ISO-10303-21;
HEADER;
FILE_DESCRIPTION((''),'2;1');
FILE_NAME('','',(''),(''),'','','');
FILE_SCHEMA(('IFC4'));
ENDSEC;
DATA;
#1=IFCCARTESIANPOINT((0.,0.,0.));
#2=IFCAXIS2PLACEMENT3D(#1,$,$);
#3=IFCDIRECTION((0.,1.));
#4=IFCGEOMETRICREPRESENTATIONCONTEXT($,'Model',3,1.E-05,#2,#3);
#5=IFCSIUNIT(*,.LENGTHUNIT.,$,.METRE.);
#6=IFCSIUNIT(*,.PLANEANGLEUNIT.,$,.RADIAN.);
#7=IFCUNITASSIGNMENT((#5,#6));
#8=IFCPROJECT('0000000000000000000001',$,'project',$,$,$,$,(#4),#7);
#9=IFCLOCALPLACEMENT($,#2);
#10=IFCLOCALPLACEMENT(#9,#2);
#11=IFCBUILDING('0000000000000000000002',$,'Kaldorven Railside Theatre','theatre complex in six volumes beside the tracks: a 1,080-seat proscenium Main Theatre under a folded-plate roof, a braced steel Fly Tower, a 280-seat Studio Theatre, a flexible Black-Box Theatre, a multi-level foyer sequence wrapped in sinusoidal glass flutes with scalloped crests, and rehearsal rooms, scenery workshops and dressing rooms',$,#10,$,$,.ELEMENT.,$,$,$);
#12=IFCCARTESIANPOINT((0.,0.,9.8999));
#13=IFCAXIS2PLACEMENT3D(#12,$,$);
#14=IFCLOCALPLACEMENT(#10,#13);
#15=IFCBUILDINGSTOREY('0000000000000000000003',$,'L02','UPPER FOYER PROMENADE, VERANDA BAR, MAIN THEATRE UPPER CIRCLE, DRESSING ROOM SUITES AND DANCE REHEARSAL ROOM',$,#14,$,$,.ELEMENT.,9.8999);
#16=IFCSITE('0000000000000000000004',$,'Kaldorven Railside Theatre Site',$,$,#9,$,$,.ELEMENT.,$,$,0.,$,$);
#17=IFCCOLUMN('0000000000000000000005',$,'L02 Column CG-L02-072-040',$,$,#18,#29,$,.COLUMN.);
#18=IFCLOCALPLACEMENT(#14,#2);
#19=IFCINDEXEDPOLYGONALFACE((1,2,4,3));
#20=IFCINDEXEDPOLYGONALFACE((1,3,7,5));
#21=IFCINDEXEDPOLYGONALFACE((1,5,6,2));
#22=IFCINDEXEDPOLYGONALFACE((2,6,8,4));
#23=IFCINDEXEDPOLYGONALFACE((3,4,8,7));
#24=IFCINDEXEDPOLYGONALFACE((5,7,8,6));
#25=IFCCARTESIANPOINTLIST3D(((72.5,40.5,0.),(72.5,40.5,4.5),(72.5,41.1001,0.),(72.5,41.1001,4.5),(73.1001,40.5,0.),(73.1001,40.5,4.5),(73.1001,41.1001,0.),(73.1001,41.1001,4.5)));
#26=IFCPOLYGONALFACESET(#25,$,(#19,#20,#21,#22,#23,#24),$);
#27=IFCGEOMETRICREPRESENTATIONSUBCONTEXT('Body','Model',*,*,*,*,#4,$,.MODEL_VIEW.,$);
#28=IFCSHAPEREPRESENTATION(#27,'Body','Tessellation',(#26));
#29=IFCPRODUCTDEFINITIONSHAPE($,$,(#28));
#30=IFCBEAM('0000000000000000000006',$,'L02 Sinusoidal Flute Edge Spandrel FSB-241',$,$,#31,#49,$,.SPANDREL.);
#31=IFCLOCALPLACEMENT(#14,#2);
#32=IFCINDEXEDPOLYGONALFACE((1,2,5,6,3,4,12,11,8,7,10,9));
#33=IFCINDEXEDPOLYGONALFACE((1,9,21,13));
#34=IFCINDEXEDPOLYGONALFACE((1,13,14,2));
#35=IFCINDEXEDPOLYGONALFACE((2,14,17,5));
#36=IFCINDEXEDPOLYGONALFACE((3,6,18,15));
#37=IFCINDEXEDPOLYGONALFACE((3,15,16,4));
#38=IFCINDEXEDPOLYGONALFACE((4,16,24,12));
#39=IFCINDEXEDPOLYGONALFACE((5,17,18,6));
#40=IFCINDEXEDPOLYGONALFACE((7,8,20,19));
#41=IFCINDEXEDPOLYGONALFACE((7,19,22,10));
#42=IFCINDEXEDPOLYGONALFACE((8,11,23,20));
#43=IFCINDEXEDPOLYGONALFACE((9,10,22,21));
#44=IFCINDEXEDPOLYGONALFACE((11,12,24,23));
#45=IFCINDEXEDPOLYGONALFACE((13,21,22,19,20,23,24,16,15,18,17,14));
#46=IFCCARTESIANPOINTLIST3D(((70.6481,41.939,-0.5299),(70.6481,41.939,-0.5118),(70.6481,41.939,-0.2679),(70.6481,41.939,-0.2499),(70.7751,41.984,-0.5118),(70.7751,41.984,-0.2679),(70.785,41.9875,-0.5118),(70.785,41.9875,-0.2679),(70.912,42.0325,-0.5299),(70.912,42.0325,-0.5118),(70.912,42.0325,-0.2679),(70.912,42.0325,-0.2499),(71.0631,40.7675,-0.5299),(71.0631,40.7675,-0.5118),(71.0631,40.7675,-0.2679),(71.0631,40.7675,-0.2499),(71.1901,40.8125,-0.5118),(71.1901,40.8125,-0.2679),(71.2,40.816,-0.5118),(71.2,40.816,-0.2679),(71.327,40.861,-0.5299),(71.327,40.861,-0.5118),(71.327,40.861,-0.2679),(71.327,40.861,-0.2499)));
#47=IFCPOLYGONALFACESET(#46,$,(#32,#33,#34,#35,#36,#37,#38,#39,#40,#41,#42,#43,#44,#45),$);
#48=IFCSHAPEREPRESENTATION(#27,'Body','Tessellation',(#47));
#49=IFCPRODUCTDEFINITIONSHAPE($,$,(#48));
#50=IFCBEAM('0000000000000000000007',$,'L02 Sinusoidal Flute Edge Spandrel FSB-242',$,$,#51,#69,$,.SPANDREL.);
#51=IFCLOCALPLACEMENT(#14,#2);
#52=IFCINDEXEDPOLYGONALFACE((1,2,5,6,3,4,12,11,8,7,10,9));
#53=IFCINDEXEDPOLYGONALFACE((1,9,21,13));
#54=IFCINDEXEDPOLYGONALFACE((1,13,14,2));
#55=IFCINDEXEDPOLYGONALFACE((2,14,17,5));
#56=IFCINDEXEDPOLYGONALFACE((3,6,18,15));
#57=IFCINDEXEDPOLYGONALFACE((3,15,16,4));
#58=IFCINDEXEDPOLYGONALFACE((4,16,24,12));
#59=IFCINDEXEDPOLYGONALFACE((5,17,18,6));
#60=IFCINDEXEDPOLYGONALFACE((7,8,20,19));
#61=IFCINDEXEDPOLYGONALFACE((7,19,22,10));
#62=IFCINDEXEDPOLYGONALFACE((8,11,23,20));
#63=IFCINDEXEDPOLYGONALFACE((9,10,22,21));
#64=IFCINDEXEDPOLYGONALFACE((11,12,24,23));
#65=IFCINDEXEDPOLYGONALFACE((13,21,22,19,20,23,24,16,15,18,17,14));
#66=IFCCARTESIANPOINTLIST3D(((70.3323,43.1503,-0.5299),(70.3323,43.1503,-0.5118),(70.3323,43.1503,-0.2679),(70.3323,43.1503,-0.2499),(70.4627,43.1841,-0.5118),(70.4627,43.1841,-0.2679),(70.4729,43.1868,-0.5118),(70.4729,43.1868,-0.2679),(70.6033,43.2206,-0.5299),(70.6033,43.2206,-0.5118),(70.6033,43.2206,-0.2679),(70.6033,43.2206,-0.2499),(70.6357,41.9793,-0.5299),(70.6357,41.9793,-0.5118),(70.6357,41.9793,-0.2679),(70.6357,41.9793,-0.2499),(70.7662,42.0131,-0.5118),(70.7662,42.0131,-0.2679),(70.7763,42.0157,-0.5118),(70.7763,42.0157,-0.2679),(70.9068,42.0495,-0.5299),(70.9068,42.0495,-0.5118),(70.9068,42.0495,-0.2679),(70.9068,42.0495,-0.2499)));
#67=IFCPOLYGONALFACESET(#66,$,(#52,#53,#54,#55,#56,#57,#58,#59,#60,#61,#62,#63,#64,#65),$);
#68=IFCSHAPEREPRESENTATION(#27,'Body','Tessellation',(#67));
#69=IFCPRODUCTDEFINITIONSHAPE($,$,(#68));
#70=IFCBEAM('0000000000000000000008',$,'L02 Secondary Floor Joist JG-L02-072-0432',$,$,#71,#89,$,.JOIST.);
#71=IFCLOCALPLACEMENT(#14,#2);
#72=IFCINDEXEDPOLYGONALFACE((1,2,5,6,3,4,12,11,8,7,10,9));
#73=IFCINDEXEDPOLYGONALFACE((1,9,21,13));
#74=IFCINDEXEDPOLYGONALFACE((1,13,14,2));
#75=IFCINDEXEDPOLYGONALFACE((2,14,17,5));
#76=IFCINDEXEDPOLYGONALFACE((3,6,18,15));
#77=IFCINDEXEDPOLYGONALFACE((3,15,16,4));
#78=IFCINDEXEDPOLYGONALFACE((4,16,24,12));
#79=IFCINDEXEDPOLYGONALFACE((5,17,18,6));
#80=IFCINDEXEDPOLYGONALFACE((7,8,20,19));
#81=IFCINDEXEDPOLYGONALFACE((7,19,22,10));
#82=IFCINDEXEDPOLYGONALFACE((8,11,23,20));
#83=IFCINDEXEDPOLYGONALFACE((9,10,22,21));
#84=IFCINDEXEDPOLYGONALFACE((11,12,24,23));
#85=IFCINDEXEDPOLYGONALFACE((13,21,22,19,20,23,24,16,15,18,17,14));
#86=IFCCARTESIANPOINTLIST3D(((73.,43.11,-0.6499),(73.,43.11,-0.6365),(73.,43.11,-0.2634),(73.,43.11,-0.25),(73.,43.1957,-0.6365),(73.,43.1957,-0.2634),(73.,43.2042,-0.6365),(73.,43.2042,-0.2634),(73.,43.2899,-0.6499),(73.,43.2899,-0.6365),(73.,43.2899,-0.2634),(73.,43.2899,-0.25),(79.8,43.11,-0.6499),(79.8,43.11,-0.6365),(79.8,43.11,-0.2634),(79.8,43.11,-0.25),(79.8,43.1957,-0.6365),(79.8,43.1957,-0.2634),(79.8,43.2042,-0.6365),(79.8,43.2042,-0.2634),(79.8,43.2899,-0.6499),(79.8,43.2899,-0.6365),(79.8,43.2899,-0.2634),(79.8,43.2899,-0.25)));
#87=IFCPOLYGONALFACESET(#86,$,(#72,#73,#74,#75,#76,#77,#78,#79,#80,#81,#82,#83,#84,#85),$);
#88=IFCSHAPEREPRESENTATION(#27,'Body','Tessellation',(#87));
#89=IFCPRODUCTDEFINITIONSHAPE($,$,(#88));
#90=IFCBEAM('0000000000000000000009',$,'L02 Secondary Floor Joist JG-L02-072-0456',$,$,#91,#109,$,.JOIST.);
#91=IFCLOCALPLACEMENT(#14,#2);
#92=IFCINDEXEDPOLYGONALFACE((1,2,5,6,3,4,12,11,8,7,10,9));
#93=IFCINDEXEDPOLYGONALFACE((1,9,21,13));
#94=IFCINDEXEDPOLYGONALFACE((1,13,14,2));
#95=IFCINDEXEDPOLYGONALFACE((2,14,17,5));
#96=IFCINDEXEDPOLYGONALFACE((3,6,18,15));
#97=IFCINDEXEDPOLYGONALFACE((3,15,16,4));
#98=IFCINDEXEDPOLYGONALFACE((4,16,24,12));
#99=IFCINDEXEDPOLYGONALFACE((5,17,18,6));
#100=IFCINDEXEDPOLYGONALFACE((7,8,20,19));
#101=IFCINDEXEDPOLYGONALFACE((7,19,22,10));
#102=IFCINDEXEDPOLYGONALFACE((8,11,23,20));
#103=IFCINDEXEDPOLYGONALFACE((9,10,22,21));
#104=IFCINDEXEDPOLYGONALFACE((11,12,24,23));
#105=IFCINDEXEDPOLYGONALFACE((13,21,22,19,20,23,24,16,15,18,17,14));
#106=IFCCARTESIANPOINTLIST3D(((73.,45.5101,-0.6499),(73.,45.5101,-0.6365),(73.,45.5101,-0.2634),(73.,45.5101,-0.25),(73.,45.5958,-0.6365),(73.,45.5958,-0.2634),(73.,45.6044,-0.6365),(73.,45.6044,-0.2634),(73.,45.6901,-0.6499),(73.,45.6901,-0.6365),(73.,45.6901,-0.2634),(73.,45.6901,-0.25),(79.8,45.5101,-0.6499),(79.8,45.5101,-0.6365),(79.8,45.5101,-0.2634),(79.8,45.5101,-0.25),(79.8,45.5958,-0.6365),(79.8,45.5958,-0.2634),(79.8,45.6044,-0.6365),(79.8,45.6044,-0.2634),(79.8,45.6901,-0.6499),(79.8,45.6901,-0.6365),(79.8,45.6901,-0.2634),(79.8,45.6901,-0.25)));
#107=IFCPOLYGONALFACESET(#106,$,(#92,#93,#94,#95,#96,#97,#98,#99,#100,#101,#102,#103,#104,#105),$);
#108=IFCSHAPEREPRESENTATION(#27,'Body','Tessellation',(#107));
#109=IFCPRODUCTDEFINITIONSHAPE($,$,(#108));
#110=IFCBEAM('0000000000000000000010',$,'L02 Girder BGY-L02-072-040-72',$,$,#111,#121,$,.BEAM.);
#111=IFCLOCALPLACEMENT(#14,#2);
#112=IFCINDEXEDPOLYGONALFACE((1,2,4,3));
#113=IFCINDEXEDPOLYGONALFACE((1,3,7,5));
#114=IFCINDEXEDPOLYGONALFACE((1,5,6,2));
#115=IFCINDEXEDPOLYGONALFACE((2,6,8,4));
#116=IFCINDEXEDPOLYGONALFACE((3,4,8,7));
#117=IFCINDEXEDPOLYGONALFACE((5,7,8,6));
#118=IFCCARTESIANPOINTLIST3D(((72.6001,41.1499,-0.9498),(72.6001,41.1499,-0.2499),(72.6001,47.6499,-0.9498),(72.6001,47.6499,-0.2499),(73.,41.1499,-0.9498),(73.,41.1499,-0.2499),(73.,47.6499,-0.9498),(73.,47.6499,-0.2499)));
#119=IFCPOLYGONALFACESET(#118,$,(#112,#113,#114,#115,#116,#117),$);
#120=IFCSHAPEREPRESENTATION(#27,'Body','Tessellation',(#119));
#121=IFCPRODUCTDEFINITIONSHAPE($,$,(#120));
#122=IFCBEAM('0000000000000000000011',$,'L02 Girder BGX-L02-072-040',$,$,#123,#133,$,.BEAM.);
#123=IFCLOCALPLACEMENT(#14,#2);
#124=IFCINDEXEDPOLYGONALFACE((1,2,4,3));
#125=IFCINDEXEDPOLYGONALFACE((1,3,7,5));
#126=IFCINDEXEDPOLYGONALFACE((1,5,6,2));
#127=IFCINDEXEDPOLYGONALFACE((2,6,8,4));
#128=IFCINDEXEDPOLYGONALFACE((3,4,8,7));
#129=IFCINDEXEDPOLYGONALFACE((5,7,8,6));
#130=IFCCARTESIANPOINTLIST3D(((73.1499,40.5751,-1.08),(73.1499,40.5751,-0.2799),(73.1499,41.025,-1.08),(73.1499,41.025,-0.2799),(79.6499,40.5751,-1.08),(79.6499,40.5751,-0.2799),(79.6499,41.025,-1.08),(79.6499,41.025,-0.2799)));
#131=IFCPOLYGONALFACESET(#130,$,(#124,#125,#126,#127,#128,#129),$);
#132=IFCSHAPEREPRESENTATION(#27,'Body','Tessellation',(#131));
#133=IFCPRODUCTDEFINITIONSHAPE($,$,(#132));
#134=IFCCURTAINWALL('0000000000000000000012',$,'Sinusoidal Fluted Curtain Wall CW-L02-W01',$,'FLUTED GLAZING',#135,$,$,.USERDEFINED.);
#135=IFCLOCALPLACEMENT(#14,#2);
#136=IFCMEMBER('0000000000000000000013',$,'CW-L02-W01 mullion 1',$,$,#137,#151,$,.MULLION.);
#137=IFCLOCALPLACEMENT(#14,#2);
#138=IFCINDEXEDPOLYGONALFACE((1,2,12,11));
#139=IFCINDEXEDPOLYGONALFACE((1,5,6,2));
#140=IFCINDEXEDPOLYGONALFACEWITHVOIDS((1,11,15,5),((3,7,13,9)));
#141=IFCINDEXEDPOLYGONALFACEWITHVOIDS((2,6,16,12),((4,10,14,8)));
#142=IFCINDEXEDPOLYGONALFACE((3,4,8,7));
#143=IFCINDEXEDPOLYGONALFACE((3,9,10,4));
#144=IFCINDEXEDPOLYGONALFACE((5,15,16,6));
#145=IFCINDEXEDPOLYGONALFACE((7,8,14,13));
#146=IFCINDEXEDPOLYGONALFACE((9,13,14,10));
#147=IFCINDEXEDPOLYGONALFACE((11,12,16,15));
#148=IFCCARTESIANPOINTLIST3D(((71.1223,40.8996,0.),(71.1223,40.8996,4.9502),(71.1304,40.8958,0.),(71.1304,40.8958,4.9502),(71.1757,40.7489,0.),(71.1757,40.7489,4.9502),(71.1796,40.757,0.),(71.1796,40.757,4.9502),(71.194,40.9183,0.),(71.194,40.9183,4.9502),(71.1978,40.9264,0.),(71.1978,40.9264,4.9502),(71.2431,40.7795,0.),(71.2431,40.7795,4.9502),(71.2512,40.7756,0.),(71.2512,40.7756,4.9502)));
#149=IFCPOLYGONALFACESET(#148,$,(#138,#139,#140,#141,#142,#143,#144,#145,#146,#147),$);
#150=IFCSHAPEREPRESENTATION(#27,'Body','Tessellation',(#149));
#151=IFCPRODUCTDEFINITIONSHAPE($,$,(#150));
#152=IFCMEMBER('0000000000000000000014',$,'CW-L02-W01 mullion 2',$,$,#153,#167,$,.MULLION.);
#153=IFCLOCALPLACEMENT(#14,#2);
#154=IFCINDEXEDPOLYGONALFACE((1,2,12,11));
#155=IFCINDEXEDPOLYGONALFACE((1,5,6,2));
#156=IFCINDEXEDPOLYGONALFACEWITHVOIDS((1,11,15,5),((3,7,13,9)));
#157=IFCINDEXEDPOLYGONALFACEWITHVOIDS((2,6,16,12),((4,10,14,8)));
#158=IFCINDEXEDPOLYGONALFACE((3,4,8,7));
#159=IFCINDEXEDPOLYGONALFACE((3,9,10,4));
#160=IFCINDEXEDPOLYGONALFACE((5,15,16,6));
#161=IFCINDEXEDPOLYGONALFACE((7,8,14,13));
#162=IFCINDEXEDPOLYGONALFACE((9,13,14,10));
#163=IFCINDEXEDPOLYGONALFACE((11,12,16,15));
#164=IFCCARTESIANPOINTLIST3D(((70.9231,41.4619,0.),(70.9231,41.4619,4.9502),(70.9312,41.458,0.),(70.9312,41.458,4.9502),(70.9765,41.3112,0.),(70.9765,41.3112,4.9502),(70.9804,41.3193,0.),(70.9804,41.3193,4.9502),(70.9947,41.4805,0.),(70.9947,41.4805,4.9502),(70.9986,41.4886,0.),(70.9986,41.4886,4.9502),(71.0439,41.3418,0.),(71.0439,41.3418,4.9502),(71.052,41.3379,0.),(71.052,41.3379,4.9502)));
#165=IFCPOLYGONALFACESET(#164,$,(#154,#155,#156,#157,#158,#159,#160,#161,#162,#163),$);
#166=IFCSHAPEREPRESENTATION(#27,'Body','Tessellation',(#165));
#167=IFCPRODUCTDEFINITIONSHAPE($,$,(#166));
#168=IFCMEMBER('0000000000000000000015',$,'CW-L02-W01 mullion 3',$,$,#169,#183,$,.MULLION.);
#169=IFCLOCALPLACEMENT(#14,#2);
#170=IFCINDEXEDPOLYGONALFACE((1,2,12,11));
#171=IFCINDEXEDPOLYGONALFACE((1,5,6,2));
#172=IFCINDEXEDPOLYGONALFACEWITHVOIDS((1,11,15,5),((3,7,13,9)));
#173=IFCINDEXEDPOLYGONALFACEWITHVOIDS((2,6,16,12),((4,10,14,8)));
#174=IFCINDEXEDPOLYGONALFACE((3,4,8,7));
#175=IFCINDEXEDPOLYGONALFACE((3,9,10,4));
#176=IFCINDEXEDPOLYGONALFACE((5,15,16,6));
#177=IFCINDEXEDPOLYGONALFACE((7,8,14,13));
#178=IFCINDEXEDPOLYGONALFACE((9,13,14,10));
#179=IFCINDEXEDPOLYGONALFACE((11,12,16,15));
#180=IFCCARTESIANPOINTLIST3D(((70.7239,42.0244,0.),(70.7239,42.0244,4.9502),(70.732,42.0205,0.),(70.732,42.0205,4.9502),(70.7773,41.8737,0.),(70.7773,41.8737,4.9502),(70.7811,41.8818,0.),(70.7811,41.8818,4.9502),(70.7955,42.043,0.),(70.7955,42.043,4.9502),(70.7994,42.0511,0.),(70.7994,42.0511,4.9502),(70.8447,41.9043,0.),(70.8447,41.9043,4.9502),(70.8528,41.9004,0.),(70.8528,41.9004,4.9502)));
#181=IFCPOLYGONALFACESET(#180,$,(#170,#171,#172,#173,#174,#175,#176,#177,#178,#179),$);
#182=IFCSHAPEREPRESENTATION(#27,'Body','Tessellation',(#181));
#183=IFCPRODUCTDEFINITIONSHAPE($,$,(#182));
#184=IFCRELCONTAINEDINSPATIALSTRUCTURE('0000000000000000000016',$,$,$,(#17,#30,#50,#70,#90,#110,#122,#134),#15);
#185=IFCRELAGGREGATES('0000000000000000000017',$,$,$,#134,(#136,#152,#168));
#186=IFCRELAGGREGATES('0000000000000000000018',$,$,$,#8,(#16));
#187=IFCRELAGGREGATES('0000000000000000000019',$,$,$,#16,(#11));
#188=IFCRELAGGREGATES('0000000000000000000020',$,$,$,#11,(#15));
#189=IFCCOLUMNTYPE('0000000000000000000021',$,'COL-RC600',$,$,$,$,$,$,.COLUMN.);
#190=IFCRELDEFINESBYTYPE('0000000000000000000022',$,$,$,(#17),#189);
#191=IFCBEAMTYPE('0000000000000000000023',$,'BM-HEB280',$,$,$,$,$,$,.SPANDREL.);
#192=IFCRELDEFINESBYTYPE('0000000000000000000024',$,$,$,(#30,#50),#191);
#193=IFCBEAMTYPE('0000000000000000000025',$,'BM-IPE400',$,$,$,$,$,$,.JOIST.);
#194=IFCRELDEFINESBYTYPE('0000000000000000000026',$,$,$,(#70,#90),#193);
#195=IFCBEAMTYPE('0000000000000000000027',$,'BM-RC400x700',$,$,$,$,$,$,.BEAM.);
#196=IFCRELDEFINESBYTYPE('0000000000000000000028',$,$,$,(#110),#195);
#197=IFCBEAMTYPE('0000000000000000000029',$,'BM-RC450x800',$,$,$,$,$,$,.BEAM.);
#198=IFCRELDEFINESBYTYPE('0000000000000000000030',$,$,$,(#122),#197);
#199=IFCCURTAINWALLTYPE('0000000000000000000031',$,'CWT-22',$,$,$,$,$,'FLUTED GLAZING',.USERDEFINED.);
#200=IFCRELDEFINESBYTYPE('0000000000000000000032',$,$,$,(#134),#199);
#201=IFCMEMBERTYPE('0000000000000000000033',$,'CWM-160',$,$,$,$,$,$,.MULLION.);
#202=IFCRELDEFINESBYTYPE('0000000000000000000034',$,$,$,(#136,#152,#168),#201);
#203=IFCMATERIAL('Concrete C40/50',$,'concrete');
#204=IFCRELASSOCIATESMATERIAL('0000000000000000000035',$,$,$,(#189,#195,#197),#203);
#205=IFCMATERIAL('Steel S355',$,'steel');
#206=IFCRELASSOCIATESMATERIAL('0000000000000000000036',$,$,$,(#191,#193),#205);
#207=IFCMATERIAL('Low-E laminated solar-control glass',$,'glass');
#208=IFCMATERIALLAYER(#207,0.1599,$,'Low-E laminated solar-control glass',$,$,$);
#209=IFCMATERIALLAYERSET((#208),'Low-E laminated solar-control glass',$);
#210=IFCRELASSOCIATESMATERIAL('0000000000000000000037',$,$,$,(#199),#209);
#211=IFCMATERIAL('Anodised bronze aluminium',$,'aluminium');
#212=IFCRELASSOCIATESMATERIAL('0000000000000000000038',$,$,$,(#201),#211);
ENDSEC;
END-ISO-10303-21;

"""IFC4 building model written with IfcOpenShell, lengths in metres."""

from ifc_helpers import new_model, si_unit, direction, frame, origin, origin_2d, place, context, subcontext, project, spatial, rectangle, hollow_rectangle, i_section, extrude, material, layer, layer_set, material_profile, profile_set, type_object, element, aggregate, save


model = new_model("IFC4")

# Units and contexts
model_context = context("Model", 3, precision=1e-05, world=origin(), true_north=direction((0.0, 1.0)))
body_context = subcontext(model_context, "Body", "Model", "MODEL_VIEW")
ifc_project = project(units=[si_unit("LENGTHUNIT", "METRE"), si_unit("PLANEANGLEUNIT", "RADIAN")], contexts=[model_context])

# Site, building, storey
site_placement = place(None, origin())
site = spatial("IfcSite", under=ifc_project, at=site_placement, Name="Kaldorven Railside Theatre Site", CompositionType="ELEMENT", RefElevation=0.0)
building_placement = place(site_placement, origin())
building = spatial("IfcBuilding", under=site, at=building_placement, Name="Kaldorven Railside Theatre", Description="theatre complex in six volumes beside the tracks: a 1,080-seat proscenium Main Theatre under a folded-plate roof, a braced steel Fly Tower, a 280-seat Studio Theatre, a flexible Black-Box Theatre, a multi-level foyer sequence wrapped in sinusoidal glass flutes with scalloped crests, and rehearsal rooms, scenery workshops and dressing rooms", CompositionType="ELEMENT")
storey_placement = place(building_placement, frame((0.0, 0.0, 9.8999)))
storey = spatial("IfcBuildingStorey", under=building, at=storey_placement, Name="L02", Description="UPPER FOYER PROMENADE, VERANDA BAR, MAIN THEATRE UPPER CIRCLE, DRESSING ROOM SUITES AND DANCE REHEARSAL ROOM", CompositionType="ELEMENT", Elevation=9.8999)

# Column
ifc_material_1 = material(Name="Concrete C40/50", Category="concrete")
ifc_material_profile_1 = material_profile(ifc_material_1, rectangle(XDim=0.6001, YDim=0.6001, at=origin_2d()), Name="RC 600x600")
ifc_profile_set_1 = profile_set([ifc_material_profile_1], Name="Concrete C40/50")
column_type = type_object("IfcColumnType", Name="COL-RC600", PredefinedType="COLUMN", material=ifc_profile_set_1)
column_placement = place(storey_placement, frame((72.8, 40.8, 0.0), z_axis=(0.0, 0.0, 1.0), x_axis=(0.0, 1.0, 0.0)))
element("IfcColumn", 1, at=column_placement, inside=storey, type_object=column_type, Name="L02 Column CG-L02-072-040", PredefinedType="COLUMN", context=body_context, shape_type="SweptSolid", body=[
    extrude(rectangle(XDim=0.6001, YDim=0.6001, at=origin_2d()), origin(), (0.0, 0.0, 1.0), 4.5),
])

# Beams
ifc_material_2 = material(Name="Steel S355", Category="steel")
ifc_material_profile_2 = material_profile(ifc_material_2, i_section(OverallWidth=0.28, OverallDepth=0.28, WebThickness=0.0105, FlangeThickness=0.0181, at=origin_2d()), Name="HEB 280")
ifc_profile_set_2 = profile_set([ifc_material_profile_2], Name="Steel S355")
beam_type_1 = type_object("IfcBeamType", Name="BM-HEB280", PredefinedType="SPANDREL", material=ifc_profile_set_2)
beam_1_placement = place(storey_placement, frame((71.1951, 40.8142, -0.3899), z_axis=(-0.333909, 0.942605, 0.0), x_axis=(-0.942605, -0.333909, 0.0)))
element("IfcBeam", 2, at=beam_1_placement, inside=storey, type_object=beam_type_1, Name="L02 Sinusoidal Flute Edge Spandrel FSB-241", PredefinedType="SPANDREL", context=body_context, shape_type="SweptSolid", body=[
    extrude(i_section(OverallWidth=0.28, OverallDepth=0.28, WebThickness=0.0105, FlangeThickness=0.0181, at=origin_2d()), origin(), (0.0, 0.0, 1.0), 1.2429),
])
beam_2_placement = place(storey_placement, frame((70.7712, 42.0144, -0.3899), z_axis=(-0.250836, 0.96803, 0.0), x_axis=(-0.96803, -0.250836, 0.0)))
element("IfcBeam", 3, at=beam_2_placement, inside=storey, type_object=beam_type_1, Name="L02 Sinusoidal Flute Edge Spandrel FSB-242", PredefinedType="SPANDREL", context=body_context, shape_type="SweptSolid", body=[
    extrude(i_section(OverallWidth=0.28, OverallDepth=0.28, WebThickness=0.0105, FlangeThickness=0.0181, at=origin_2d()), origin(), (0.0, 0.0, 1.0), 1.2097),
])
ifc_material_profile_3 = material_profile(ifc_material_2, i_section(OverallWidth=0.1799, OverallDepth=0.3999, WebThickness=0.0085, FlangeThickness=0.0134, at=origin_2d()), Name="IPE 400")
ifc_profile_set_3 = profile_set([ifc_material_profile_3], Name="Steel S355")
beam_type_2 = type_object("IfcBeamType", Name="BM-IPE400", PredefinedType="JOIST", material=ifc_profile_set_3)
for number, where, z_axis, x_axis, name in (
    (4, (73.0, 43.2, -0.45), (1.0, 0.0, 0.0), (0.0, 1.0, 0.0), "L02 Secondary Floor Joist JG-L02-072-0432"),
    (5, (73.0, 45.6001, -0.45), (1.0, 0.0, 0.0), (0.0, 1.0, 0.0), "L02 Secondary Floor Joist JG-L02-072-0456"),
):
    element("IfcBeam", number, at=place(storey_placement, frame(where, z_axis=z_axis, x_axis=x_axis)), inside=storey, type_object=beam_type_2, Name=name, PredefinedType="JOIST", context=body_context, shape_type="SweptSolid", body=[
        extrude(i_section(OverallWidth=0.1799, OverallDepth=0.3999, WebThickness=0.0085, FlangeThickness=0.0134, at=origin_2d()), origin(), (0.0, 0.0, 1.0), 6.8),
    ])
ifc_material_profile_4 = material_profile(ifc_material_1, rectangle(XDim=0.3999, YDim=0.7, at=origin_2d()), Name="RC 400x700")
ifc_profile_set_4 = profile_set([ifc_material_profile_4], Name="Concrete C40/50")
beam_type_3 = type_object("IfcBeamType", Name="BM-RC400x700", PredefinedType="BEAM", material=ifc_profile_set_4)
beam_3_placement = place(storey_placement, frame((72.8, 41.1499, -0.5999), z_axis=(0.0, 1.0, 0.0), x_axis=(-1.0, 0.0, 0.0)))
element("IfcBeam", 6, at=beam_3_placement, inside=storey, type_object=beam_type_3, Name="L02 Girder BGY-L02-072-040-72", PredefinedType="BEAM", context=body_context, shape_type="SweptSolid", body=[
    extrude(rectangle(XDim=0.3999, YDim=0.7, at=origin_2d()), origin(), (0.0, 0.0, 1.0), 6.5),
])
ifc_material_profile_5 = material_profile(ifc_material_1, rectangle(XDim=0.45, YDim=0.8, at=origin_2d()), Name="RC 450x800")
ifc_profile_set_5 = profile_set([ifc_material_profile_5], Name="Concrete C40/50")
beam_type_4 = type_object("IfcBeamType", Name="BM-RC450x800", PredefinedType="BEAM", material=ifc_profile_set_5)
beam_4_placement = place(storey_placement, frame((73.1499, 40.8, -0.6799), z_axis=(1.0, 0.0, 0.0), x_axis=(0.0, 1.0, 0.0)))
element("IfcBeam", 7, at=beam_4_placement, inside=storey, type_object=beam_type_4, Name="L02 Girder BGX-L02-072-040", PredefinedType="BEAM", context=body_context, shape_type="SweptSolid", body=[
    extrude(rectangle(XDim=0.45, YDim=0.8, at=origin_2d()), origin(), (0.0, 0.0, 1.0), 6.5),
])

# Curtain wall, members
ifc_material_3 = material(Name="Low-E laminated solar-control glass", Category="glass")
ifc_layer_1 = layer(ifc_material_3, 0.1599, Name="Low-E laminated solar-control glass")
ifc_layer_set_1 = layer_set([ifc_layer_1], Name="Low-E laminated solar-control glass")
curtain_wall_type_1 = type_object("IfcCurtainWallType", Name="CWT-22", ElementType="FLUTED GLAZING", PredefinedType="USERDEFINED", material=ifc_layer_set_1)
curtain_wall_1_placement = place(storey_placement, origin())
curtain_wall_1 = element("IfcCurtainWall", 8, at=curtain_wall_1_placement, inside=storey, type_object=curtain_wall_type_1, Name="Sinusoidal Fluted Curtain Wall CW-L02-W01", ObjectType="FLUTED GLAZING", PredefinedType="USERDEFINED")
ifc_material_4 = material(Name="Anodised bronze aluminium", Category="aluminium")
ifc_material_profile_6 = material_profile(ifc_material_4, hollow_rectangle(XDim=0.0801, YDim=0.1599, WallThickness=0.0063, at=origin_2d()), Name="RHS 160x80x6.3")
ifc_profile_set_6 = profile_set([ifc_material_profile_6], Name="Anodised bronze aluminium")
member_type_1 = type_object("IfcMemberType", Name="CWM-160", PredefinedType="MULLION", material=ifc_profile_set_6)
member_1_placement = place(storey_placement, frame((71.1868, 40.8376, 0.0), z_axis=(0.0, 0.0, 1.0), x_axis=(-0.942627, -0.333847, 0.0)))
member_1 = element("IfcMember", 9, at=member_1_placement, type_object=member_type_1, Name="CW-L02-W01 mullion 1", PredefinedType="MULLION", context=body_context, shape_type="SweptSolid", body=[
    extrude(hollow_rectangle(XDim=0.0801, YDim=0.1599, WallThickness=0.0063, at=origin_2d()), origin(), (0.0, 0.0, 1.0), 4.9502),
])
member_2_placement = place(storey_placement, frame((70.9875, 41.3999, 0.0), z_axis=(0.0, 0.0, 1.0), x_axis=(-0.942627, -0.333847, 0.0)))
member_2 = element("IfcMember", 10, at=member_2_placement, type_object=member_type_1, Name="CW-L02-W01 mullion 2", PredefinedType="MULLION", context=body_context, shape_type="SweptSolid", body=[
    extrude(hollow_rectangle(XDim=0.0801, YDim=0.1599, WallThickness=0.0063, at=origin_2d()), origin(), (0.0, 0.0, 1.0), 4.9502),
])
member_3_placement = place(storey_placement, frame((70.7883, 41.9624, 0.0), z_axis=(0.0, 0.0, 1.0), x_axis=(-0.942627, -0.333847, 0.0)))
member_3 = element("IfcMember", 11, at=member_3_placement, type_object=member_type_1, Name="CW-L02-W01 mullion 3", PredefinedType="MULLION", context=body_context, shape_type="SweptSolid", body=[
    extrude(hollow_rectangle(XDim=0.0801, YDim=0.1599, WallThickness=0.0063, at=origin_2d()), origin(), (0.0, 0.0, 1.0), 4.9502),
])

aggregate(curtain_wall_1, [member_1, member_2, member_3])

save(model, "model.ifc")
